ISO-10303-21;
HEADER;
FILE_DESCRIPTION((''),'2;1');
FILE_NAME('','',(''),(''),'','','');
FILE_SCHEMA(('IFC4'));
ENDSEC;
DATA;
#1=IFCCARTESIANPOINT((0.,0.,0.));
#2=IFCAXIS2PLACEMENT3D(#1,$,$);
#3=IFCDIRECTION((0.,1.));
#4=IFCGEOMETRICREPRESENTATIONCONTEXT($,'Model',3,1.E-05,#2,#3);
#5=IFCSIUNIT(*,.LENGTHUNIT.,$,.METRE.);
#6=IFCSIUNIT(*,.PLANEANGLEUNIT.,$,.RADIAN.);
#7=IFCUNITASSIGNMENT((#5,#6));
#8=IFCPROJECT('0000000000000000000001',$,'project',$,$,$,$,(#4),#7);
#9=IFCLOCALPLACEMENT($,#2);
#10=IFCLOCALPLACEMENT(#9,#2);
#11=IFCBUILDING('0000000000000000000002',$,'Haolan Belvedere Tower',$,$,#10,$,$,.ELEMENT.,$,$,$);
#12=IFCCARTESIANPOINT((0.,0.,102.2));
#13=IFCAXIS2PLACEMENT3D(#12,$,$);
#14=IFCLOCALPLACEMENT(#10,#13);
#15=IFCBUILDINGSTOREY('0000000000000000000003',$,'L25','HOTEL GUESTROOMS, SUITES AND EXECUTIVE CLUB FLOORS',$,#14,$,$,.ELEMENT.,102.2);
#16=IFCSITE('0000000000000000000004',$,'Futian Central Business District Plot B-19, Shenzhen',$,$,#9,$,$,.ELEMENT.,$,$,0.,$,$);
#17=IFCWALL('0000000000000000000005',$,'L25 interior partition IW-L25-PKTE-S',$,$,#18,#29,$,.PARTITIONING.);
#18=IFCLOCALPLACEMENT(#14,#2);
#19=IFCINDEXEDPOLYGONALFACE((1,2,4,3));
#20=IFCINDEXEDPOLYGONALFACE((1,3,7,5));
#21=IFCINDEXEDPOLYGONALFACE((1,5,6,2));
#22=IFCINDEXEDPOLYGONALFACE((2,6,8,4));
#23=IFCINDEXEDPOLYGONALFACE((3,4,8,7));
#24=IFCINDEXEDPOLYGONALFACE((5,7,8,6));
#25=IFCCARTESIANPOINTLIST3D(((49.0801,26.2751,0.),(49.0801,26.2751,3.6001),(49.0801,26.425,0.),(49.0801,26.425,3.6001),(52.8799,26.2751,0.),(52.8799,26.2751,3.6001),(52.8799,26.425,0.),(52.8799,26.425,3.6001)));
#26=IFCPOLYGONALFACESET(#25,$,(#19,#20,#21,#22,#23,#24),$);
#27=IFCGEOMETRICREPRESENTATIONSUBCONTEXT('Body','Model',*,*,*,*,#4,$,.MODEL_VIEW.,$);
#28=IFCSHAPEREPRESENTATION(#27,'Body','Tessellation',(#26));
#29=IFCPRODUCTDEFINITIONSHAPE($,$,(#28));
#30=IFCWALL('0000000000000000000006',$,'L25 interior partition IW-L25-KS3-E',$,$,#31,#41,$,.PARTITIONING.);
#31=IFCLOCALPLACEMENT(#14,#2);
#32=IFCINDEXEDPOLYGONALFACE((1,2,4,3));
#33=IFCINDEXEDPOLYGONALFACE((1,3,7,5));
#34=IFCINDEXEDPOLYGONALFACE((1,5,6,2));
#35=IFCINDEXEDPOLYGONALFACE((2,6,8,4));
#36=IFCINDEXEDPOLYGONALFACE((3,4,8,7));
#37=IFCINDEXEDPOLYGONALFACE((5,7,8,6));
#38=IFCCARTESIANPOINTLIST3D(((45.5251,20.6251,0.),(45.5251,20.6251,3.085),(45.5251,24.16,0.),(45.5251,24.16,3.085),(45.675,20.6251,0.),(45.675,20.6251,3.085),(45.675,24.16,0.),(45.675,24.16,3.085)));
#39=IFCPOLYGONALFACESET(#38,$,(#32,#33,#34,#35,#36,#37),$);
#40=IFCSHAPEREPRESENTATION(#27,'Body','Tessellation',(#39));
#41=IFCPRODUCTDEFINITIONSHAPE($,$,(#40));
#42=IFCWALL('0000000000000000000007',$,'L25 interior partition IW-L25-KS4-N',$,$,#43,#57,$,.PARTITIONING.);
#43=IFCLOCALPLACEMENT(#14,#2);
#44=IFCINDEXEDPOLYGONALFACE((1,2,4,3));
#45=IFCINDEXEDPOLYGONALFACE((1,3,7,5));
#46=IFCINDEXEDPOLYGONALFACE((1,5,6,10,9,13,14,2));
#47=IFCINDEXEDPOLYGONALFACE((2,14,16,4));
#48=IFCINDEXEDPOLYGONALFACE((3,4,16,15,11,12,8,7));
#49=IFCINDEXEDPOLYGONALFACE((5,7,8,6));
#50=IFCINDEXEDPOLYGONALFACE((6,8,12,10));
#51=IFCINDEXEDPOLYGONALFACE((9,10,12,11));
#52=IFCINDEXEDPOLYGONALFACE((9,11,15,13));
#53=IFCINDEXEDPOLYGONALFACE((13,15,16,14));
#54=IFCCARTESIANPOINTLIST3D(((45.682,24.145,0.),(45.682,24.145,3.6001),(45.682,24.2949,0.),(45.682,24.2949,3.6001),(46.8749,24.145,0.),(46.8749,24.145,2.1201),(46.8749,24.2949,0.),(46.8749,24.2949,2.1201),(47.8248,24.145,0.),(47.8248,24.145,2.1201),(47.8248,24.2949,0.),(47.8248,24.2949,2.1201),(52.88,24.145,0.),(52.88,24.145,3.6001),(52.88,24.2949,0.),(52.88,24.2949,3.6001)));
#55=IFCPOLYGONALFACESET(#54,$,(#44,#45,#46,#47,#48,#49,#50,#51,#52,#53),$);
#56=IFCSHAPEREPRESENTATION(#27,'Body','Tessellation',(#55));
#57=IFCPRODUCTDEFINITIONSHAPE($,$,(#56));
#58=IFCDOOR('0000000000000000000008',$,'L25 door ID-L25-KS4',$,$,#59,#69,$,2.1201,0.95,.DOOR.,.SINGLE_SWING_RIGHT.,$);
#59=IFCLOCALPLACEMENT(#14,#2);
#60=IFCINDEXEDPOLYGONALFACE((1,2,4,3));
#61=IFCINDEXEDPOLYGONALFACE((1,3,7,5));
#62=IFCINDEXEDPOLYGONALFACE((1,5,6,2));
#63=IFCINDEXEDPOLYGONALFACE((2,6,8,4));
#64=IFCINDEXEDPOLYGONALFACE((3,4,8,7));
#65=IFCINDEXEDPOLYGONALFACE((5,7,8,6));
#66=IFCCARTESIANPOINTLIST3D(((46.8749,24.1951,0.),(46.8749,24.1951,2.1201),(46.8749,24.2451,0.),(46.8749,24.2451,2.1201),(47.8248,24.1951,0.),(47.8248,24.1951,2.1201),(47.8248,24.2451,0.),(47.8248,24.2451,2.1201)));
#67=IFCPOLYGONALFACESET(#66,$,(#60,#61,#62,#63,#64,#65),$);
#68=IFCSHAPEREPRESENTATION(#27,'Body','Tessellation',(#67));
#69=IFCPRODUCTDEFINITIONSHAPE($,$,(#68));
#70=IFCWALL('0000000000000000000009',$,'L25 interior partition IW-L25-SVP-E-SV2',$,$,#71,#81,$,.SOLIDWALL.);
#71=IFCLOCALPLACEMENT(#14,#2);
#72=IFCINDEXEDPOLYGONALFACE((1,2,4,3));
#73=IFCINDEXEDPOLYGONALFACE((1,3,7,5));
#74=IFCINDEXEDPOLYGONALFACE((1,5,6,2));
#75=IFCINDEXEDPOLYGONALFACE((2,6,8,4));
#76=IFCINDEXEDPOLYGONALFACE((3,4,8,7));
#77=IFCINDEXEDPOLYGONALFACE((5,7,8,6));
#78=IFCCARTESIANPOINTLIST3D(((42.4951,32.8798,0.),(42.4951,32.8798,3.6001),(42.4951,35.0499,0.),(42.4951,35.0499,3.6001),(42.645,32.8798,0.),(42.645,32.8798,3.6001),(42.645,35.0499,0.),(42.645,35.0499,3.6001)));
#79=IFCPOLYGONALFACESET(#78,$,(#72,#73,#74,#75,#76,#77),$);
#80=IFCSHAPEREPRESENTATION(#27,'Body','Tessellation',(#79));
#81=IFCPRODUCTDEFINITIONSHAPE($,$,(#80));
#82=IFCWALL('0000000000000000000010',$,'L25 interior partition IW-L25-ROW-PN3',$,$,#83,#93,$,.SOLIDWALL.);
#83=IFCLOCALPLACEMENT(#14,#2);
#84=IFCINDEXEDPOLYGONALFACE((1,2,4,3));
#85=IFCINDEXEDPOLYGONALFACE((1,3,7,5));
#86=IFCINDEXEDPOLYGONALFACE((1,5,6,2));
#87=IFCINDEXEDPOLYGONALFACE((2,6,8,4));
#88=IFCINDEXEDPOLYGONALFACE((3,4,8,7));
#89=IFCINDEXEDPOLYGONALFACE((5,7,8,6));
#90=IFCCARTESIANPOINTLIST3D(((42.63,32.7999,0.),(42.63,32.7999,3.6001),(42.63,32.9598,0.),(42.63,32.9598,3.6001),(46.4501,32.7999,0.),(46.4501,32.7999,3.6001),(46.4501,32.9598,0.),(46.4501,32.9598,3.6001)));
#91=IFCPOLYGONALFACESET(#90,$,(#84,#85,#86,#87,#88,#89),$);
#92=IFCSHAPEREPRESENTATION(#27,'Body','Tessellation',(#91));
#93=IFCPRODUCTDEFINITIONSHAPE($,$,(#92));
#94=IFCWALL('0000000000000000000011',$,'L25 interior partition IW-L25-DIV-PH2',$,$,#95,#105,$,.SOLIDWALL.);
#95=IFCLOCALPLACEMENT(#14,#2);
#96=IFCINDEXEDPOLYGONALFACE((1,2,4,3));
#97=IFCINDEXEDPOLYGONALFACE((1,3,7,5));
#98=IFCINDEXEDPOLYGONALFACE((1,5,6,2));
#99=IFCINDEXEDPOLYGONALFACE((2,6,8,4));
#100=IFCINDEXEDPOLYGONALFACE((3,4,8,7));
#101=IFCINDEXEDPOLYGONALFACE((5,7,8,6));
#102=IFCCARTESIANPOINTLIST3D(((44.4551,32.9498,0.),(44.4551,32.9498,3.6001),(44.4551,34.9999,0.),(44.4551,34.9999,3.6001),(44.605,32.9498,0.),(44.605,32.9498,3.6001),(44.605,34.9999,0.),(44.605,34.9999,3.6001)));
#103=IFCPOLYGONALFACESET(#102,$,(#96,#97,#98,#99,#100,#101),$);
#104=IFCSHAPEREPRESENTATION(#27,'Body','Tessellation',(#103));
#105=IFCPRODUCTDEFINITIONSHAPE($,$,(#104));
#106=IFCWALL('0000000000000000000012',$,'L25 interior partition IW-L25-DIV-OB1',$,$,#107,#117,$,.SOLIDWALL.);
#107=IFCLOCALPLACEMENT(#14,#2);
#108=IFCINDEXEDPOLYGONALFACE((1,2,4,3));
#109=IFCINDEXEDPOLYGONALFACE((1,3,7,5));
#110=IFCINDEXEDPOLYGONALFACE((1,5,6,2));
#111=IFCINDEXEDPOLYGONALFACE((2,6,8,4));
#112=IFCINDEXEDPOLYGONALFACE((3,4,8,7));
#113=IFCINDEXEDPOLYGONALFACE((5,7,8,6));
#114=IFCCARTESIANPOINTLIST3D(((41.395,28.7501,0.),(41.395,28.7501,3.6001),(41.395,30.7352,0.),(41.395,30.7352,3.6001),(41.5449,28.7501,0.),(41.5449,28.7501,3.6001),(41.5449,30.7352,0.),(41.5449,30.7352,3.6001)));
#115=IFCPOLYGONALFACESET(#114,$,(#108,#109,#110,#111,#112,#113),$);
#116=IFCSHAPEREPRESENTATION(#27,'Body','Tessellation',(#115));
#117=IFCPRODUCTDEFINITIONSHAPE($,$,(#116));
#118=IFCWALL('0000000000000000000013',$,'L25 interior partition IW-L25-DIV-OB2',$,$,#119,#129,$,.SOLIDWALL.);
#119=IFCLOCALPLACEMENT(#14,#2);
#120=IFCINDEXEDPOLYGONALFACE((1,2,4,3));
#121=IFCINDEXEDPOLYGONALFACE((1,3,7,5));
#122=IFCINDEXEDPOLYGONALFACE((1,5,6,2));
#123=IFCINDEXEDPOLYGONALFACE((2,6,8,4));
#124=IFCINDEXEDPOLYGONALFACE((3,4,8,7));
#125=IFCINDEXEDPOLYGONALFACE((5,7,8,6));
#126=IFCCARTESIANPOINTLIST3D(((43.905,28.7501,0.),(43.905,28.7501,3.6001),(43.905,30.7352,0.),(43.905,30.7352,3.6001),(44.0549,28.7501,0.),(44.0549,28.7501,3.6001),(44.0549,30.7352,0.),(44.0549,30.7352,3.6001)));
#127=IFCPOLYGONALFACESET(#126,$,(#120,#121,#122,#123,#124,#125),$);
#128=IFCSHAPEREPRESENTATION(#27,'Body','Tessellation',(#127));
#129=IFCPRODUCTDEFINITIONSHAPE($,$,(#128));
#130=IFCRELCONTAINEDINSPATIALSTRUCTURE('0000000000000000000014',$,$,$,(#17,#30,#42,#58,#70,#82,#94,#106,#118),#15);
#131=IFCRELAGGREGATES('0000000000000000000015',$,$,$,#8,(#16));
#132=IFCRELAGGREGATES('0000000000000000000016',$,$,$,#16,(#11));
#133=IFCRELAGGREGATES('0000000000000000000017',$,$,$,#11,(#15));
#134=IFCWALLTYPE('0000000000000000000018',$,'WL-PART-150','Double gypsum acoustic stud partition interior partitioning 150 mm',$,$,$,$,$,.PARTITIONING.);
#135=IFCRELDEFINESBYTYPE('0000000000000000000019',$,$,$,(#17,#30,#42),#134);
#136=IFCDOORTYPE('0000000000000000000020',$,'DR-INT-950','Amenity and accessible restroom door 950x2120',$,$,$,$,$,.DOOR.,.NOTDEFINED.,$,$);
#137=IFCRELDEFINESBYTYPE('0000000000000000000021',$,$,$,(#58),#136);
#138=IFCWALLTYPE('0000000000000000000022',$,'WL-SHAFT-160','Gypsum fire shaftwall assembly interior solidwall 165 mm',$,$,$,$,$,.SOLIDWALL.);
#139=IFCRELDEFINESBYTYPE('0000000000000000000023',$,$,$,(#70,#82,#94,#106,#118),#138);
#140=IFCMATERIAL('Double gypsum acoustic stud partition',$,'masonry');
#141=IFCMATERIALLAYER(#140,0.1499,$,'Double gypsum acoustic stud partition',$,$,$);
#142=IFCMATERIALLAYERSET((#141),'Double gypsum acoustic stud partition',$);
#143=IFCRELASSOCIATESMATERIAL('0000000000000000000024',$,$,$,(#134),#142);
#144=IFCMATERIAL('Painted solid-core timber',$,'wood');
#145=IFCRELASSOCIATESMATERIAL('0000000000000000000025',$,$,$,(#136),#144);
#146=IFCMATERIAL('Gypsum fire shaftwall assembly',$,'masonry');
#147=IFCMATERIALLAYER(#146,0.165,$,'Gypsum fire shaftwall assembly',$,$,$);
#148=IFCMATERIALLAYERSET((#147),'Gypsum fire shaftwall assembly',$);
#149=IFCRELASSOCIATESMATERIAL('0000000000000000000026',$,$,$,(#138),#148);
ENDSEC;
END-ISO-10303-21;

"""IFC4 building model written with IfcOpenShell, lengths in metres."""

from ifc_helpers import new_model, si_unit, direction, frame, frame_2d, origin, place, context, subcontext, project, spatial, rectangle, extrude, material, layer, layer_set, type_object, element, fill, save


model = new_model("IFC4")

# Units and contexts
model_context = context("Model", 3, precision=1e-05, world=origin(), true_north=direction((0.0, 1.0)))
body_context = subcontext(model_context, "Body", "Model", "MODEL_VIEW")
ifc_project = project(units=[si_unit("LENGTHUNIT", "METRE"), si_unit("PLANEANGLEUNIT", "RADIAN")], contexts=[model_context])

# Site, building, storey
site_placement = place(None, origin())
site = spatial("IfcSite", under=ifc_project, at=site_placement, Name="Futian Central Business District Plot B-19, Shenzhen", CompositionType="ELEMENT", RefElevation=0.0)
building_placement = place(site_placement, origin())
building = spatial("IfcBuilding", under=site, at=building_placement, Name="Haolan Belvedere Tower", CompositionType="ELEMENT")
storey_placement = place(building_placement, frame((0.0, 0.0, 102.2)))
storey = spatial("IfcBuildingStorey", under=building, at=storey_placement, Name="L25", Description="HOTEL GUESTROOMS, SUITES AND EXECUTIVE CLUB FLOORS", CompositionType="ELEMENT", Elevation=102.2)

# Shared definitions
ifc_material_1 = material(Name="Double gypsum acoustic stud partition", Category="masonry")
ifc_layer_1 = layer(ifc_material_1, 0.1499, Name="Double gypsum acoustic stud partition")
ifc_layer_set_1 = layer_set([ifc_layer_1], Name="Double gypsum acoustic stud partition")
wall_type_1 = type_object("IfcWallType", Name="WL-PART-150", Description="Double gypsum acoustic stud partition interior partitioning 150 mm", PredefinedType="PARTITIONING", material=ifc_layer_set_1)

# Shared definitions
ifc_material_2 = material(Name="Painted solid-core timber", Category="wood")
door_type = type_object("IfcDoorType", Name="DR-INT-950", Description="Amenity and accessible restroom door 950x2120", OperationType="NOTDEFINED", PredefinedType="DOOR", material=ifc_material_2)

# Wall
for number, where, z_axis, x_axis, name in (
    (1, (49.0801, 26.3501, 0.0), (0.0, 0.0, 1.0), (1.0, 0.0, 0.0), "L25 interior partition IW-L25-PKTE-S"),
):
    element("IfcWall", number, at=place(storey_placement, frame(where, z_axis=z_axis, x_axis=x_axis)), inside=storey, type_object=wall_type_1, Name=name, PredefinedType="PARTITIONING", context=body_context, shape_type="SweptSolid", body=[
        extrude(rectangle(XDim=3.7998, YDim=0.1499, at=frame_2d((1.8999, 0.0))), origin(), (0.0, 0.0, 1.0), 3.6001),
    ])

# Wall
wall_1_placement = place(storey_placement, frame((45.6001, 20.625, 0.0), z_axis=(0.0, 0.0, 1.0), x_axis=(0.0, 1.0, 0.0)))
element("IfcWall", 2, at=wall_1_placement, inside=storey, type_object=wall_type_1, Name="L25 interior partition IW-L25-KS3-E", PredefinedType="PARTITIONING", context=body_context, shape_type="SweptSolid", body=[
    extrude(rectangle(XDim=3.5349, YDim=0.1499, at=frame_2d((1.7676, 0.0))), origin(), (0.0, 0.0, 1.0), 3.085),
])

# Wall, opening, door
wall_2_placement = place(storey_placement, frame((45.6819, 24.22, 0.0), z_axis=(0.0, 0.0, 1.0), x_axis=(1.0, 0.0, 0.0)))
wall_2 = element("IfcWall", 3, at=wall_2_placement, inside=storey, type_object=wall_type_1, Name="L25 interior partition IW-L25-KS4-N", PredefinedType="PARTITIONING", context=body_context, shape_type="SweptSolid", body=[
    extrude(rectangle(XDim=7.198, YDim=0.1499, at=frame_2d((3.5991, 0.0))), origin(), (0.0, 0.0, 1.0), 3.6001),
])
opening_1_placement = place(wall_2_placement, frame((2.1431, 0.0, 0.0), z_axis=(0.0, 0.0, 1.0), x_axis=(-1.0, 0.0, 0.0)))
opening_1 = element("IfcOpeningElement", 4, at=opening_1_placement, cuts=wall_2, PredefinedType="OPENING", context=body_context, shape_type="SweptSolid", body=[
    extrude(rectangle(XDim=0.95, YDim=2.1201, at=frame_2d((0.4751, 1.0601))), frame((0.0, 0.085, 0.0), z_axis=(0.0, -1.0, 0.0), x_axis=(1.0, 0.0, 0.0)), (0.0, 0.0, 1.0), 0.1699),
])
door_1_placement = place(opening_1_placement, origin())
door_1 = element("IfcDoor", 5, at=door_1_placement, inside=storey, type_object=door_type, Name="L25 door ID-L25-KS4", OperationType="SINGLE_SWING_RIGHT", OverallHeight=2.1201, OverallWidth=0.95, PredefinedType="DOOR", context=body_context, shape_type="SweptSolid", body=[
    extrude(rectangle(XDim=0.95, YDim=2.1201, at=frame_2d((0.4751, 1.0601))), frame((0.0, 0.0249, 0.0), z_axis=(0.0, -1.0, 0.0), x_axis=(1.0, 0.0, 0.0)), (0.0, 0.0, 1.0), 0.05),
])
fill(opening_1, door_1)

# Walls
ifc_material_3 = material(Name="Gypsum fire shaftwall assembly", Category="masonry")
ifc_layer_2 = layer(ifc_material_3, 0.165, Name="Gypsum fire shaftwall assembly")
ifc_layer_set_2 = layer_set([ifc_layer_2], Name="Gypsum fire shaftwall assembly")
wall_type_2 = type_object("IfcWallType", Name="WL-SHAFT-160", Description="Gypsum fire shaftwall assembly interior solidwall 165 mm", PredefinedType="SOLIDWALL", material=ifc_layer_set_2)
wall_3_placement = place(storey_placement, frame((42.5701, 32.8799, 0.0), z_axis=(0.0, 0.0, 1.0), x_axis=(0.0, 1.0, 0.0)))
element("IfcWall", 6, at=wall_3_placement, inside=storey, type_object=wall_type_2, Name="L25 interior partition IW-L25-SVP-E-SV2", PredefinedType="SOLIDWALL", context=body_context, shape_type="SweptSolid", body=[
    extrude(rectangle(XDim=2.1702, YDim=0.1499, at=frame_2d((1.085, 0.0))), origin(), (0.0, 0.0, 1.0), 3.6001),
])
wall_4_placement = place(storey_placement, frame((42.6299, 32.8799, 0.0), z_axis=(0.0, 0.0, 1.0), x_axis=(1.0, 0.0, 0.0)))
element("IfcWall", 7, at=wall_4_placement, inside=storey, type_object=wall_type_2, Name="L25 interior partition IW-L25-ROW-PN3", PredefinedType="SOLIDWALL", context=body_context, shape_type="SweptSolid", body=[
    extrude(rectangle(XDim=3.8201, YDim=0.1599, at=frame_2d((1.9102, 0.0))), origin(), (0.0, 0.0, 1.0), 3.6001),
])
wall_5_placement = place(storey_placement, frame((44.53, 32.95, 0.0), z_axis=(0.0, 0.0, 1.0), x_axis=(0.0, 1.0, 0.0)))
element("IfcWall", 8, at=wall_5_placement, inside=storey, type_object=wall_type_2, Name="L25 interior partition IW-L25-DIV-PH2", PredefinedType="SOLIDWALL", context=body_context, shape_type="SweptSolid", body=[
    extrude(rectangle(XDim=2.05, YDim=0.1499, at=frame_2d((1.0249, 0.0))), origin(), (0.0, 0.0, 1.0), 3.6001),
])
for number, where, z_axis, x_axis, name in (
    (9, (41.47, 28.75, 0.0), (0.0, 0.0, 1.0), (0.0, 1.0, 0.0), "L25 interior partition IW-L25-DIV-OB1"),
    (10, (43.98, 28.75, 0.0), (0.0, 0.0, 1.0), (0.0, 1.0, 0.0), "L25 interior partition IW-L25-DIV-OB2"),
):
    element("IfcWall", number, at=place(storey_placement, frame(where, z_axis=z_axis, x_axis=x_axis)), inside=storey, type_object=wall_type_2, Name=name, PredefinedType="SOLIDWALL", context=body_context, shape_type="SweptSolid", body=[
        extrude(rectangle(XDim=1.9851, YDim=0.1499, at=frame_2d((0.9927, 0.0))), origin(), (0.0, 0.0, 1.0), 3.6001),
    ])

save(model, "model.ifc")
